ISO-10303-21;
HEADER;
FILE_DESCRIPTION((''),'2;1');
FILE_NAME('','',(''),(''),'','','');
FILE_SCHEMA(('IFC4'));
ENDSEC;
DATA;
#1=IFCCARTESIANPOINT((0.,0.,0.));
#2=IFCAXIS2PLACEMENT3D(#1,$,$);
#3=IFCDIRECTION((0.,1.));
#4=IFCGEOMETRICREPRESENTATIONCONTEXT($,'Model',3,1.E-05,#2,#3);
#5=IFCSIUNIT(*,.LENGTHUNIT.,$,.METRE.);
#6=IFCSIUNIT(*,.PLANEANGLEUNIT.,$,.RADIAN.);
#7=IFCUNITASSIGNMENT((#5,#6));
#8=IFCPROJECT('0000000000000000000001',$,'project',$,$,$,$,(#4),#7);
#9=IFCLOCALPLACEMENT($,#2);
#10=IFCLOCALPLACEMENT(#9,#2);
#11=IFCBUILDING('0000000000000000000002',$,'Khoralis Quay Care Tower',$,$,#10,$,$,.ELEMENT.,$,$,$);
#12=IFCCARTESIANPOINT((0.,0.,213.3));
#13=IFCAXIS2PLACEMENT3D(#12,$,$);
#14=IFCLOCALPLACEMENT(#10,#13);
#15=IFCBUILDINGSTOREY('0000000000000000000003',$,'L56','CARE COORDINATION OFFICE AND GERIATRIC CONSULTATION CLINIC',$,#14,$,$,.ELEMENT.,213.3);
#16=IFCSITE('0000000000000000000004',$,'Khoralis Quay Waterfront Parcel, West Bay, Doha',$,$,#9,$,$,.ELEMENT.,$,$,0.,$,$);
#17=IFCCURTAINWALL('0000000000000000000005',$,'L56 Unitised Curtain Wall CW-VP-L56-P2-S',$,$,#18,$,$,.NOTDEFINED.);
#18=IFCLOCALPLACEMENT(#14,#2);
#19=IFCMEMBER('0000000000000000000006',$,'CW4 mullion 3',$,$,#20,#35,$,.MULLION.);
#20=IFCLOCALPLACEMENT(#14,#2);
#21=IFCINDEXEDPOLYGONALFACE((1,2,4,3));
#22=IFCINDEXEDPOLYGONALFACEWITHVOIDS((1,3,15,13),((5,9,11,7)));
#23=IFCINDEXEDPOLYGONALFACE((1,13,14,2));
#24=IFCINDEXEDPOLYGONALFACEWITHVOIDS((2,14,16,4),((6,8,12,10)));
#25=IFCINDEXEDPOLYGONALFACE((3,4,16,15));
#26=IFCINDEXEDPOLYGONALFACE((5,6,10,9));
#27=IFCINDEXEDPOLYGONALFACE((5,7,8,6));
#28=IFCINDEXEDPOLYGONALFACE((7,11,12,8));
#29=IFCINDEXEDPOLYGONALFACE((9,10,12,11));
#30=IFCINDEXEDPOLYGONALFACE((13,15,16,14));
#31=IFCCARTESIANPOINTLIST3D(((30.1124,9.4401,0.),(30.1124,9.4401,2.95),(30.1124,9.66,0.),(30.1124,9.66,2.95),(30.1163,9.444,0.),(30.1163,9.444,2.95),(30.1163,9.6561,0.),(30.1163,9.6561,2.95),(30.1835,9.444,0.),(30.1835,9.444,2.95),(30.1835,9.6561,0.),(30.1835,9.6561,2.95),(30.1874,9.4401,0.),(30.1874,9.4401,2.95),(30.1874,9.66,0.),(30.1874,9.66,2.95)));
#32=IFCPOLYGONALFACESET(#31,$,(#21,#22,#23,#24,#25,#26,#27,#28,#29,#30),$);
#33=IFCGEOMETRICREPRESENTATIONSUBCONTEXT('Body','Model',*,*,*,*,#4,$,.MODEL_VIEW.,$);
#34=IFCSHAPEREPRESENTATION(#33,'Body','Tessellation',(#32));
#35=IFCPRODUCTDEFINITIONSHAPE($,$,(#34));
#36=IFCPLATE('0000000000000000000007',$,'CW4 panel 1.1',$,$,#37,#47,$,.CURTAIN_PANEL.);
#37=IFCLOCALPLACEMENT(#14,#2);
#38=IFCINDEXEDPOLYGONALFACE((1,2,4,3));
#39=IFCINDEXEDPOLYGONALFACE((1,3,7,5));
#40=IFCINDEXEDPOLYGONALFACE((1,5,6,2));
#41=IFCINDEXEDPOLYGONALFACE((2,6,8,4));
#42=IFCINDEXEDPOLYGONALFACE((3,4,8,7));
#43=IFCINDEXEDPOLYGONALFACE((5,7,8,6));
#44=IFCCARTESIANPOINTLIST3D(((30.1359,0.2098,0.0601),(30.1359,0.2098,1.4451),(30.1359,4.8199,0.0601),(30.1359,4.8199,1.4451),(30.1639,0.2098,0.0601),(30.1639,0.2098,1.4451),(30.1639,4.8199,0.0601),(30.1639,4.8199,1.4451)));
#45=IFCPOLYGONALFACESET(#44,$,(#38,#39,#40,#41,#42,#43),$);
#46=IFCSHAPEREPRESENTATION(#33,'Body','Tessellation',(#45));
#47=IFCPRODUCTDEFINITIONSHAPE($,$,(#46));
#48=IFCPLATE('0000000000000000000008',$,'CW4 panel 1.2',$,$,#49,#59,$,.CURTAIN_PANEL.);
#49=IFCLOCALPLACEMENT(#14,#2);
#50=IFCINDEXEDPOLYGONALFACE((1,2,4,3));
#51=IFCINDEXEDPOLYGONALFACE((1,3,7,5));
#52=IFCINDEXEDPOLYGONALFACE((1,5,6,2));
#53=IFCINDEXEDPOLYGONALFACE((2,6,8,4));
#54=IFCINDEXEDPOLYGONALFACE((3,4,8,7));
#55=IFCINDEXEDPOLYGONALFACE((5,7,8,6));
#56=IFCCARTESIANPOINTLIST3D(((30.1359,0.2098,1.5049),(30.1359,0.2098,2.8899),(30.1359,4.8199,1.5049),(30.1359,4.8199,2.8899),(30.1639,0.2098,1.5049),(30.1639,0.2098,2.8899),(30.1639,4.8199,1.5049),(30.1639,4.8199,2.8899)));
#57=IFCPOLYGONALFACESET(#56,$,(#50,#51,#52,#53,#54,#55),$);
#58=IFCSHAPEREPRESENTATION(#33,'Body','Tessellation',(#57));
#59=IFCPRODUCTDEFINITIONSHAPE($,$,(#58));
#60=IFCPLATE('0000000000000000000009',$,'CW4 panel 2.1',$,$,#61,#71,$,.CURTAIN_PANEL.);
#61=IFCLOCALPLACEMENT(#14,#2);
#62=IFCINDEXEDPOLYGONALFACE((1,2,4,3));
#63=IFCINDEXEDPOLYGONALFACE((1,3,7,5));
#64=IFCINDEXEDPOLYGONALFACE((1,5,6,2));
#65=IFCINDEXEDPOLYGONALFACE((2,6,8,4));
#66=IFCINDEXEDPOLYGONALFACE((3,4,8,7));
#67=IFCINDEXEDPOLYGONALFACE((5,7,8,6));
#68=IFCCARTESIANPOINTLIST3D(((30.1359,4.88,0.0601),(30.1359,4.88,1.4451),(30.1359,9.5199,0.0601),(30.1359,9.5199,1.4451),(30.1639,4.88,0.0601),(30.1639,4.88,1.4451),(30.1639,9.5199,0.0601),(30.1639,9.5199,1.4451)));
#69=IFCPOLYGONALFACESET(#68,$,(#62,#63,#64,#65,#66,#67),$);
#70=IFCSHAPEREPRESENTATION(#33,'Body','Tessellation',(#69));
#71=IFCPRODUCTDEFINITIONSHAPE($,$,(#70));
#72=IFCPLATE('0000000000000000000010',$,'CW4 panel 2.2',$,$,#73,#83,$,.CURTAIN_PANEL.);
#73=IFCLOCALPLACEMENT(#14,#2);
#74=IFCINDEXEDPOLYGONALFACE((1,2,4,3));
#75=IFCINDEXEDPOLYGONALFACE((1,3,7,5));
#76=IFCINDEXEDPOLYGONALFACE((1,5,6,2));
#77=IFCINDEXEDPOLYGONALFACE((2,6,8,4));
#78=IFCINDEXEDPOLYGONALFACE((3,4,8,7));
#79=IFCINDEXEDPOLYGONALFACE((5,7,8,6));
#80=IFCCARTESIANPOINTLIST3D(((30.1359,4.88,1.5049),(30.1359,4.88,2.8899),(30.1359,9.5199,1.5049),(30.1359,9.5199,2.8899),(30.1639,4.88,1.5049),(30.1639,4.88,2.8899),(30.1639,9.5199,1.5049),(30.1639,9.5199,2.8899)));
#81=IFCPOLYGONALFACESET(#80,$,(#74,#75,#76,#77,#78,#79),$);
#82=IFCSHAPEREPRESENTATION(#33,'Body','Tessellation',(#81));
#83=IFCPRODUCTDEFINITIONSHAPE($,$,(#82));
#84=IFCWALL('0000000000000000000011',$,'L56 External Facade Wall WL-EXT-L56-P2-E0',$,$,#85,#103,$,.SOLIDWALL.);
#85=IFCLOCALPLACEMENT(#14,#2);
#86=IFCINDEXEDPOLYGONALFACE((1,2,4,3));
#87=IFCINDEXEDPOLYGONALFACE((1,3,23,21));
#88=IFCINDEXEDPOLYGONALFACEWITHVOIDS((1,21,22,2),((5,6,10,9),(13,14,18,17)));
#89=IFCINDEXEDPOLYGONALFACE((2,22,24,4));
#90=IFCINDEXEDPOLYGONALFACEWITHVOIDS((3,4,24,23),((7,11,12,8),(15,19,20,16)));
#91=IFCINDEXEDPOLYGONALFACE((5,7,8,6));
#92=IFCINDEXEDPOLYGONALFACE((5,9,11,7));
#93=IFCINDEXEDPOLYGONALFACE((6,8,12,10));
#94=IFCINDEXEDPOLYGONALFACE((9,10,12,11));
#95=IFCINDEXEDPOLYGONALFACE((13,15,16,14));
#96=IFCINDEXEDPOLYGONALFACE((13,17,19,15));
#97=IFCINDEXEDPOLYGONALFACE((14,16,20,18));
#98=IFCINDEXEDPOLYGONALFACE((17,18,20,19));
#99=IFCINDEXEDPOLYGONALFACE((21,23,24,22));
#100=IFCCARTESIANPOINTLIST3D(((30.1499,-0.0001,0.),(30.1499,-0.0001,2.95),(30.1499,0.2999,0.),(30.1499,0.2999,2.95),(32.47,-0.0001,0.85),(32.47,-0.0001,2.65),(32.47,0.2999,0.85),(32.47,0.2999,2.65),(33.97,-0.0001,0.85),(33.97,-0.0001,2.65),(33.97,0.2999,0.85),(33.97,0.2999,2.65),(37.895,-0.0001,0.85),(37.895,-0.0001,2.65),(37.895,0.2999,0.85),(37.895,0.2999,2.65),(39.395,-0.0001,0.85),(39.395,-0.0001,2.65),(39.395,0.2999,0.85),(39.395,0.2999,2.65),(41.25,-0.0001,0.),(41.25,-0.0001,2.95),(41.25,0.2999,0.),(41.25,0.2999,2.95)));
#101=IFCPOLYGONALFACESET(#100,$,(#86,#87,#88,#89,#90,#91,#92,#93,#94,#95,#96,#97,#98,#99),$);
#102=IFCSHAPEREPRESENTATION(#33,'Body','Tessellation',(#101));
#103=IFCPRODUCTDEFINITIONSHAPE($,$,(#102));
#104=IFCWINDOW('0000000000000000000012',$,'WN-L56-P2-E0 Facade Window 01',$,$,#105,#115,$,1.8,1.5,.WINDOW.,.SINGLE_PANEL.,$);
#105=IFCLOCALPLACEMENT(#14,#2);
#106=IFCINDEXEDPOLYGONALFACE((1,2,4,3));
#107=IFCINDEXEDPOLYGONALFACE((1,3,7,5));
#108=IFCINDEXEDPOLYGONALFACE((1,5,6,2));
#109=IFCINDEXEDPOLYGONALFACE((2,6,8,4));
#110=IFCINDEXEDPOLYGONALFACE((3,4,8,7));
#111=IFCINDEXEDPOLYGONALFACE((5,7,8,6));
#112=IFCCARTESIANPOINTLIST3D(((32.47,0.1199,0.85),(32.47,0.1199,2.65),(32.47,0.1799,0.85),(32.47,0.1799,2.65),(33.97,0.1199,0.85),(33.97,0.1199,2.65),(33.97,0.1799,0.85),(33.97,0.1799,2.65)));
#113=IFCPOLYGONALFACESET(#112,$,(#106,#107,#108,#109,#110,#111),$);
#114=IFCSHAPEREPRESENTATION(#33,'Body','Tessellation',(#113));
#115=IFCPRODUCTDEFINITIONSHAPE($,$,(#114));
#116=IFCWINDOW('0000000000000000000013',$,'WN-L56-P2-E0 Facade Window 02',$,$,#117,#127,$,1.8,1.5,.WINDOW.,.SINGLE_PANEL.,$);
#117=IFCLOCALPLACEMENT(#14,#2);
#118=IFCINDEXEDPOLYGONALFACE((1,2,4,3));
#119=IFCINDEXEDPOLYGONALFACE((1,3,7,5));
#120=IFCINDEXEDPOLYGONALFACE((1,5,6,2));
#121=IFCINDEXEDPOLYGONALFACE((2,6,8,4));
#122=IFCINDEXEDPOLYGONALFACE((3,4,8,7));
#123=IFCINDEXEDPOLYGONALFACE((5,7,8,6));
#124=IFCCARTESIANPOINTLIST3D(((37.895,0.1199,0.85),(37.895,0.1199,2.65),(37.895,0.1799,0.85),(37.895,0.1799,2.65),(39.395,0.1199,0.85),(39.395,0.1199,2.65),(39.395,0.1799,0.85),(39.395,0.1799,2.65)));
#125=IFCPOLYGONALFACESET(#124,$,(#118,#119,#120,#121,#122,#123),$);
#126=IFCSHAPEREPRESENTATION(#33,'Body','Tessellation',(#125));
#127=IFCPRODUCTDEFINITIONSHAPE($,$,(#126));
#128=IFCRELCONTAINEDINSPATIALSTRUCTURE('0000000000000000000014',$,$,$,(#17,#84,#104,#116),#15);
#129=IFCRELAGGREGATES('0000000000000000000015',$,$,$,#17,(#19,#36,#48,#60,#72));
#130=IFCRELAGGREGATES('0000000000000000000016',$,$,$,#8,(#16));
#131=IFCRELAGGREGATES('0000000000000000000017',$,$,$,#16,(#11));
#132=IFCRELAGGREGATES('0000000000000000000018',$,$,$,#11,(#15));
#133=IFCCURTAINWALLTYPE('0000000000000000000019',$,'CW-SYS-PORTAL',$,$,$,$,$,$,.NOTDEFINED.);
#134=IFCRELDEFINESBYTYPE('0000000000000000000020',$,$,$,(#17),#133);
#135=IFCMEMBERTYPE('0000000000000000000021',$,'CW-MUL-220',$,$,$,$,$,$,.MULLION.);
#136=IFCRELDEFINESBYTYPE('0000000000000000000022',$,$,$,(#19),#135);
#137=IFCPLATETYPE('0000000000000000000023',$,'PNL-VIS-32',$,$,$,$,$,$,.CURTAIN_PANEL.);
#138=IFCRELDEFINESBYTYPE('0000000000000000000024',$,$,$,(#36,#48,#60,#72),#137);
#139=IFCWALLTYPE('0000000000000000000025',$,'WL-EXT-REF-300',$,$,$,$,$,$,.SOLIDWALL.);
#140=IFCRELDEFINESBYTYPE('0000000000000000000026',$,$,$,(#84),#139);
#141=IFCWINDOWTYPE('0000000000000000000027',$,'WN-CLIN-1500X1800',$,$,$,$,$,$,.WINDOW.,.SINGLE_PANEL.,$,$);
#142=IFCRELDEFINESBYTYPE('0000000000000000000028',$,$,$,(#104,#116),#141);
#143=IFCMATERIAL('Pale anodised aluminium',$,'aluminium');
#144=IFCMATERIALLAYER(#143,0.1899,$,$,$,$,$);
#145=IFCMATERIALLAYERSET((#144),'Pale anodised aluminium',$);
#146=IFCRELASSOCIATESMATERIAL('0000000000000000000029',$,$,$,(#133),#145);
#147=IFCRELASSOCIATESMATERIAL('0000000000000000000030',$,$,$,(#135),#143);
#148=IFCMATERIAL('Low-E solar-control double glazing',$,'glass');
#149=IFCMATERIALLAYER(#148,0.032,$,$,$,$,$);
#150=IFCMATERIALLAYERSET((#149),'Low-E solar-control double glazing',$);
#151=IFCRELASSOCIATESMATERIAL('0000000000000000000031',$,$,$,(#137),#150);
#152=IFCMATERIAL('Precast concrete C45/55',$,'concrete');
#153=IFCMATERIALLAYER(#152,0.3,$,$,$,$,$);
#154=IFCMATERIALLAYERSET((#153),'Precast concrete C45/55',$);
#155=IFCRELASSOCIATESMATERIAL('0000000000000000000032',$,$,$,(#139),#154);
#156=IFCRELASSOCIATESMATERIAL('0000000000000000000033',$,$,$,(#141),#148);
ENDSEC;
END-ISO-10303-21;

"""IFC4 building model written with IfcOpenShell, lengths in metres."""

from ifc_helpers import new_model, si_unit, direction, frame, frame_2d, origin, origin_2d, place, context, subcontext, project, spatial, rectangle, hollow_rectangle, extrude, source, transform, mapped, material, layer, layer_set, material_profile, profile_set, type_object, element, fill, aggregate, save


model = new_model("IFC4")

# Units and contexts
model_context = context("Model", 3, precision=1e-05, world=origin(), true_north=direction((0.0, 1.0)))
body_context = subcontext(model_context, "Body", "Model", "MODEL_VIEW")
ifc_project = project(units=[si_unit("LENGTHUNIT", "METRE"), si_unit("PLANEANGLEUNIT", "RADIAN")], contexts=[model_context])

# Site, building, storey
site_placement = place(None, origin())
site = spatial("IfcSite", under=ifc_project, at=site_placement, Name="Khoralis Quay Waterfront Parcel, West Bay, Doha", CompositionType="ELEMENT", RefElevation=0.0)
building_placement = place(site_placement, origin())
building = spatial("IfcBuilding", under=site, at=building_placement, Name="Khoralis Quay Care Tower", CompositionType="ELEMENT")
storey_placement = place(building_placement, frame((0.0, 0.0, 213.3)))
storey = spatial("IfcBuildingStorey", under=building, at=storey_placement, Name="L56", Description="CARE COORDINATION OFFICE AND GERIATRIC CONSULTATION CLINIC", CompositionType="ELEMENT", Elevation=213.3)

# Curtain wall, member, plates
ifc_material_1 = material(Name="Pale anodised aluminium", Category="aluminium")
ifc_layer_1 = layer(ifc_material_1, 0.1899)
ifc_layer_set_1 = layer_set([ifc_layer_1], Name="Pale anodised aluminium")
curtain_wall_type = type_object("IfcCurtainWallType", Name="CW-SYS-PORTAL", PredefinedType="NOTDEFINED", material=ifc_layer_set_1)
curtain_wall_placement = place(storey_placement, origin())
curtain_wall = element("IfcCurtainWall", 1, at=curtain_wall_placement, inside=storey, type_object=curtain_wall_type, Name="L56 Unitised Curtain Wall CW-VP-L56-P2-S", PredefinedType="NOTDEFINED")
ifc_material_profile_1 = material_profile(ifc_material_1, hollow_rectangle(XDim=0.075, YDim=0.22, WallThickness=0.0039, at=origin_2d()), Name="Pale anodised aluminium")
ifc_profile_set_1 = profile_set([ifc_material_profile_1], Name="Pale anodised aluminium")
member_type_1 = type_object("IfcMemberType", Name="CW-MUL-220", PredefinedType="MULLION", material=ifc_profile_set_1)
shared_shape_1 = source(origin(), body_context, "Body", "SweptSolid", [
    extrude(hollow_rectangle(XDim=0.075, YDim=0.22, WallThickness=0.0039, at=origin_2d()), origin(), (0.0, 0.0, 1.0), 2.95),
])
member_1_placement = place(storey_placement, frame((30.1499, 9.55, 0.0), z_axis=(0.0, 0.0, 1.0), x_axis=(-1.0, 0.0, 0.0)))
member_1 = element("IfcMember", 2, at=member_1_placement, type_object=member_type_1, Name="CW4 mullion 3", PredefinedType="MULLION", context=body_context, shape_type="MappedRepresentation", body=[
    mapped(shared_shape_1, transform((0.0, 0.0, 0.0), scale=1.0)),
])
ifc_material_2 = material(Name="Low-E solar-control double glazing", Category="glass")
ifc_layer_2 = layer(ifc_material_2, 0.032)
ifc_layer_set_2 = layer_set([ifc_layer_2], Name="Low-E solar-control double glazing")
plate_type = type_object("IfcPlateType", Name="PNL-VIS-32", PredefinedType="CURTAIN_PANEL", material=ifc_layer_set_2)
shared_shape_2 = source(origin(), body_context, "Body", "SweptSolid", [
    extrude(rectangle(XDim=4.6101, YDim=0.0281, at=origin_2d()), origin(), (0.0, 0.0, 1.0), 1.385),
])
plate_1_placement = place(storey_placement, frame((30.1499, 2.5149, 0.0601), z_axis=(0.0, 0.0, 1.0), x_axis=(0.0, 1.0, 0.0)))
plate_1 = element("IfcPlate", 3, at=plate_1_placement, type_object=plate_type, Name="CW4 panel 1.1", PredefinedType="CURTAIN_PANEL", context=body_context, shape_type="MappedRepresentation", body=[
    mapped(shared_shape_2, transform((0.0, 0.0, 0.0), scale=1.0)),
])
plate_2_placement = place(storey_placement, frame((30.1499, 2.5149, 1.5049), z_axis=(0.0, 0.0, 1.0), x_axis=(0.0, 1.0, 0.0)))
plate_2 = element("IfcPlate", 4, at=plate_2_placement, type_object=plate_type, Name="CW4 panel 1.2", PredefinedType="CURTAIN_PANEL", context=body_context, shape_type="MappedRepresentation", body=[
    mapped(shared_shape_2, transform((0.0, 0.0, 0.0), scale=1.0)),
])
shared_shape_3 = source(origin(), body_context, "Body", "SweptSolid", [
    extrude(rectangle(XDim=4.6399, YDim=0.0281, at=origin_2d()), origin(), (0.0, 0.0, 1.0), 1.385),
])
plate_3_placement = place(storey_placement, frame((30.1499, 7.2, 0.0601), z_axis=(0.0, 0.0, 1.0), x_axis=(0.0, 1.0, 0.0)))
plate_3 = element("IfcPlate", 5, at=plate_3_placement, type_object=plate_type, Name="CW4 panel 2.1", PredefinedType="CURTAIN_PANEL", context=body_context, shape_type="MappedRepresentation", body=[
    mapped(shared_shape_3, transform((0.0, 0.0, 0.0), scale=1.0)),
])
plate_4_placement = place(storey_placement, frame((30.1499, 7.2, 1.5049), z_axis=(0.0, 0.0, 1.0), x_axis=(0.0, 1.0, 0.0)))
plate_4 = element("IfcPlate", 6, at=plate_4_placement, type_object=plate_type, Name="CW4 panel 2.2", PredefinedType="CURTAIN_PANEL", context=body_context, shape_type="MappedRepresentation", body=[
    mapped(shared_shape_3, transform((0.0, 0.0, 0.0), scale=1.0)),
])
aggregate(curtain_wall, [member_1, plate_1, plate_2, plate_3, plate_4])

# Wall, openings, windows
ifc_material_3 = material(Name="Precast concrete C45/55", Category="concrete")
ifc_layer_3 = layer(ifc_material_3, 0.3)
ifc_layer_set_3 = layer_set([ifc_layer_3], Name="Precast concrete C45/55")
wall_type = type_object("IfcWallType", Name="WL-EXT-REF-300", PredefinedType="SOLIDWALL", material=ifc_layer_set_3)
wall_placement = place(storey_placement, frame((30.1499, 0.1499, 0.0), z_axis=(0.0, 0.0, 1.0), x_axis=(1.0, 0.0, 0.0)))
wall = element("IfcWall", 7, at=wall_placement, inside=storey, type_object=wall_type, Name="L56 External Facade Wall WL-EXT-L56-P2-E0", PredefinedType="SOLIDWALL", context=body_context, shape_type="SweptSolid", body=[
    extrude(rectangle(XDim=11.1001, YDim=0.3, at=frame_2d((5.55, 0.0))), origin(), (0.0, 0.0, 1.0), 2.95),
])
opening_1_placement = place(wall_placement, frame((2.3201, 0.0, 0.8501)))
opening_1 = element("IfcOpeningElement", 8, at=opening_1_placement, cuts=wall, PredefinedType="OPENING", context=body_context, shape_type="SweptSolid", body=[
    extrude(rectangle(XDim=1.5, YDim=1.8, at=frame_2d((0.75, 0.8999))), frame((0.0, 0.1602, 0.0), z_axis=(0.0, -1.0, 0.0), x_axis=(1.0, 0.0, 0.0)), (0.0, 0.0, 1.0), 0.3201),
])
opening_2_placement = place(wall_placement, frame((7.7451, 0.0, 0.8501)))
opening_2 = element("IfcOpeningElement", 9, at=opening_2_placement, cuts=wall, PredefinedType="OPENING", context=body_context, shape_type="SweptSolid", body=[
    extrude(rectangle(XDim=1.5, YDim=1.8, at=frame_2d((0.75, 0.8999))), frame((0.0, 0.1602, 0.0), z_axis=(0.0, -1.0, 0.0), x_axis=(1.0, 0.0, 0.0)), (0.0, 0.0, 1.0), 0.3201),
])
window_type = type_object("IfcWindowType", Name="WN-CLIN-1500X1800", PartitioningType="SINGLE_PANEL", PredefinedType="WINDOW", material=ifc_material_2)
shared_shape_4 = source(origin(), body_context, "Body", "SweptSolid", [
    extrude(rectangle(XDim=1.5, YDim=1.8, at=frame_2d((0.75, 0.8999))), frame((0.0, 0.03, 0.0), z_axis=(0.0, -1.0, 0.0), x_axis=(1.0, 0.0, 0.0)), (0.0, 0.0, 1.0), 0.0601),
])
window_1_placement = place(opening_1_placement, origin())
window_1 = element("IfcWindow", 10, at=window_1_placement, inside=storey, type_object=window_type, Name="WN-L56-P2-E0 Facade Window 01", OverallHeight=1.8, OverallWidth=1.5, PartitioningType="SINGLE_PANEL", PredefinedType="WINDOW", context=body_context, shape_type="MappedRepresentation", body=[
    mapped(shared_shape_4, transform((0.0, 0.0, 0.0), scale=1.0)),
])
fill(opening_1, window_1)
window_2_placement = place(opening_2_placement, origin())
window_2 = element("IfcWindow", 11, at=window_2_placement, inside=storey, type_object=window_type, Name="WN-L56-P2-E0 Facade Window 02", OverallHeight=1.8, OverallWidth=1.5, PartitioningType="SINGLE_PANEL", PredefinedType="WINDOW", context=body_context, shape_type="MappedRepresentation", body=[
    mapped(shared_shape_4, transform((0.0, 0.0, 0.0), scale=1.0)),
])
fill(opening_2, window_2)

save(model, "model.ifc")
